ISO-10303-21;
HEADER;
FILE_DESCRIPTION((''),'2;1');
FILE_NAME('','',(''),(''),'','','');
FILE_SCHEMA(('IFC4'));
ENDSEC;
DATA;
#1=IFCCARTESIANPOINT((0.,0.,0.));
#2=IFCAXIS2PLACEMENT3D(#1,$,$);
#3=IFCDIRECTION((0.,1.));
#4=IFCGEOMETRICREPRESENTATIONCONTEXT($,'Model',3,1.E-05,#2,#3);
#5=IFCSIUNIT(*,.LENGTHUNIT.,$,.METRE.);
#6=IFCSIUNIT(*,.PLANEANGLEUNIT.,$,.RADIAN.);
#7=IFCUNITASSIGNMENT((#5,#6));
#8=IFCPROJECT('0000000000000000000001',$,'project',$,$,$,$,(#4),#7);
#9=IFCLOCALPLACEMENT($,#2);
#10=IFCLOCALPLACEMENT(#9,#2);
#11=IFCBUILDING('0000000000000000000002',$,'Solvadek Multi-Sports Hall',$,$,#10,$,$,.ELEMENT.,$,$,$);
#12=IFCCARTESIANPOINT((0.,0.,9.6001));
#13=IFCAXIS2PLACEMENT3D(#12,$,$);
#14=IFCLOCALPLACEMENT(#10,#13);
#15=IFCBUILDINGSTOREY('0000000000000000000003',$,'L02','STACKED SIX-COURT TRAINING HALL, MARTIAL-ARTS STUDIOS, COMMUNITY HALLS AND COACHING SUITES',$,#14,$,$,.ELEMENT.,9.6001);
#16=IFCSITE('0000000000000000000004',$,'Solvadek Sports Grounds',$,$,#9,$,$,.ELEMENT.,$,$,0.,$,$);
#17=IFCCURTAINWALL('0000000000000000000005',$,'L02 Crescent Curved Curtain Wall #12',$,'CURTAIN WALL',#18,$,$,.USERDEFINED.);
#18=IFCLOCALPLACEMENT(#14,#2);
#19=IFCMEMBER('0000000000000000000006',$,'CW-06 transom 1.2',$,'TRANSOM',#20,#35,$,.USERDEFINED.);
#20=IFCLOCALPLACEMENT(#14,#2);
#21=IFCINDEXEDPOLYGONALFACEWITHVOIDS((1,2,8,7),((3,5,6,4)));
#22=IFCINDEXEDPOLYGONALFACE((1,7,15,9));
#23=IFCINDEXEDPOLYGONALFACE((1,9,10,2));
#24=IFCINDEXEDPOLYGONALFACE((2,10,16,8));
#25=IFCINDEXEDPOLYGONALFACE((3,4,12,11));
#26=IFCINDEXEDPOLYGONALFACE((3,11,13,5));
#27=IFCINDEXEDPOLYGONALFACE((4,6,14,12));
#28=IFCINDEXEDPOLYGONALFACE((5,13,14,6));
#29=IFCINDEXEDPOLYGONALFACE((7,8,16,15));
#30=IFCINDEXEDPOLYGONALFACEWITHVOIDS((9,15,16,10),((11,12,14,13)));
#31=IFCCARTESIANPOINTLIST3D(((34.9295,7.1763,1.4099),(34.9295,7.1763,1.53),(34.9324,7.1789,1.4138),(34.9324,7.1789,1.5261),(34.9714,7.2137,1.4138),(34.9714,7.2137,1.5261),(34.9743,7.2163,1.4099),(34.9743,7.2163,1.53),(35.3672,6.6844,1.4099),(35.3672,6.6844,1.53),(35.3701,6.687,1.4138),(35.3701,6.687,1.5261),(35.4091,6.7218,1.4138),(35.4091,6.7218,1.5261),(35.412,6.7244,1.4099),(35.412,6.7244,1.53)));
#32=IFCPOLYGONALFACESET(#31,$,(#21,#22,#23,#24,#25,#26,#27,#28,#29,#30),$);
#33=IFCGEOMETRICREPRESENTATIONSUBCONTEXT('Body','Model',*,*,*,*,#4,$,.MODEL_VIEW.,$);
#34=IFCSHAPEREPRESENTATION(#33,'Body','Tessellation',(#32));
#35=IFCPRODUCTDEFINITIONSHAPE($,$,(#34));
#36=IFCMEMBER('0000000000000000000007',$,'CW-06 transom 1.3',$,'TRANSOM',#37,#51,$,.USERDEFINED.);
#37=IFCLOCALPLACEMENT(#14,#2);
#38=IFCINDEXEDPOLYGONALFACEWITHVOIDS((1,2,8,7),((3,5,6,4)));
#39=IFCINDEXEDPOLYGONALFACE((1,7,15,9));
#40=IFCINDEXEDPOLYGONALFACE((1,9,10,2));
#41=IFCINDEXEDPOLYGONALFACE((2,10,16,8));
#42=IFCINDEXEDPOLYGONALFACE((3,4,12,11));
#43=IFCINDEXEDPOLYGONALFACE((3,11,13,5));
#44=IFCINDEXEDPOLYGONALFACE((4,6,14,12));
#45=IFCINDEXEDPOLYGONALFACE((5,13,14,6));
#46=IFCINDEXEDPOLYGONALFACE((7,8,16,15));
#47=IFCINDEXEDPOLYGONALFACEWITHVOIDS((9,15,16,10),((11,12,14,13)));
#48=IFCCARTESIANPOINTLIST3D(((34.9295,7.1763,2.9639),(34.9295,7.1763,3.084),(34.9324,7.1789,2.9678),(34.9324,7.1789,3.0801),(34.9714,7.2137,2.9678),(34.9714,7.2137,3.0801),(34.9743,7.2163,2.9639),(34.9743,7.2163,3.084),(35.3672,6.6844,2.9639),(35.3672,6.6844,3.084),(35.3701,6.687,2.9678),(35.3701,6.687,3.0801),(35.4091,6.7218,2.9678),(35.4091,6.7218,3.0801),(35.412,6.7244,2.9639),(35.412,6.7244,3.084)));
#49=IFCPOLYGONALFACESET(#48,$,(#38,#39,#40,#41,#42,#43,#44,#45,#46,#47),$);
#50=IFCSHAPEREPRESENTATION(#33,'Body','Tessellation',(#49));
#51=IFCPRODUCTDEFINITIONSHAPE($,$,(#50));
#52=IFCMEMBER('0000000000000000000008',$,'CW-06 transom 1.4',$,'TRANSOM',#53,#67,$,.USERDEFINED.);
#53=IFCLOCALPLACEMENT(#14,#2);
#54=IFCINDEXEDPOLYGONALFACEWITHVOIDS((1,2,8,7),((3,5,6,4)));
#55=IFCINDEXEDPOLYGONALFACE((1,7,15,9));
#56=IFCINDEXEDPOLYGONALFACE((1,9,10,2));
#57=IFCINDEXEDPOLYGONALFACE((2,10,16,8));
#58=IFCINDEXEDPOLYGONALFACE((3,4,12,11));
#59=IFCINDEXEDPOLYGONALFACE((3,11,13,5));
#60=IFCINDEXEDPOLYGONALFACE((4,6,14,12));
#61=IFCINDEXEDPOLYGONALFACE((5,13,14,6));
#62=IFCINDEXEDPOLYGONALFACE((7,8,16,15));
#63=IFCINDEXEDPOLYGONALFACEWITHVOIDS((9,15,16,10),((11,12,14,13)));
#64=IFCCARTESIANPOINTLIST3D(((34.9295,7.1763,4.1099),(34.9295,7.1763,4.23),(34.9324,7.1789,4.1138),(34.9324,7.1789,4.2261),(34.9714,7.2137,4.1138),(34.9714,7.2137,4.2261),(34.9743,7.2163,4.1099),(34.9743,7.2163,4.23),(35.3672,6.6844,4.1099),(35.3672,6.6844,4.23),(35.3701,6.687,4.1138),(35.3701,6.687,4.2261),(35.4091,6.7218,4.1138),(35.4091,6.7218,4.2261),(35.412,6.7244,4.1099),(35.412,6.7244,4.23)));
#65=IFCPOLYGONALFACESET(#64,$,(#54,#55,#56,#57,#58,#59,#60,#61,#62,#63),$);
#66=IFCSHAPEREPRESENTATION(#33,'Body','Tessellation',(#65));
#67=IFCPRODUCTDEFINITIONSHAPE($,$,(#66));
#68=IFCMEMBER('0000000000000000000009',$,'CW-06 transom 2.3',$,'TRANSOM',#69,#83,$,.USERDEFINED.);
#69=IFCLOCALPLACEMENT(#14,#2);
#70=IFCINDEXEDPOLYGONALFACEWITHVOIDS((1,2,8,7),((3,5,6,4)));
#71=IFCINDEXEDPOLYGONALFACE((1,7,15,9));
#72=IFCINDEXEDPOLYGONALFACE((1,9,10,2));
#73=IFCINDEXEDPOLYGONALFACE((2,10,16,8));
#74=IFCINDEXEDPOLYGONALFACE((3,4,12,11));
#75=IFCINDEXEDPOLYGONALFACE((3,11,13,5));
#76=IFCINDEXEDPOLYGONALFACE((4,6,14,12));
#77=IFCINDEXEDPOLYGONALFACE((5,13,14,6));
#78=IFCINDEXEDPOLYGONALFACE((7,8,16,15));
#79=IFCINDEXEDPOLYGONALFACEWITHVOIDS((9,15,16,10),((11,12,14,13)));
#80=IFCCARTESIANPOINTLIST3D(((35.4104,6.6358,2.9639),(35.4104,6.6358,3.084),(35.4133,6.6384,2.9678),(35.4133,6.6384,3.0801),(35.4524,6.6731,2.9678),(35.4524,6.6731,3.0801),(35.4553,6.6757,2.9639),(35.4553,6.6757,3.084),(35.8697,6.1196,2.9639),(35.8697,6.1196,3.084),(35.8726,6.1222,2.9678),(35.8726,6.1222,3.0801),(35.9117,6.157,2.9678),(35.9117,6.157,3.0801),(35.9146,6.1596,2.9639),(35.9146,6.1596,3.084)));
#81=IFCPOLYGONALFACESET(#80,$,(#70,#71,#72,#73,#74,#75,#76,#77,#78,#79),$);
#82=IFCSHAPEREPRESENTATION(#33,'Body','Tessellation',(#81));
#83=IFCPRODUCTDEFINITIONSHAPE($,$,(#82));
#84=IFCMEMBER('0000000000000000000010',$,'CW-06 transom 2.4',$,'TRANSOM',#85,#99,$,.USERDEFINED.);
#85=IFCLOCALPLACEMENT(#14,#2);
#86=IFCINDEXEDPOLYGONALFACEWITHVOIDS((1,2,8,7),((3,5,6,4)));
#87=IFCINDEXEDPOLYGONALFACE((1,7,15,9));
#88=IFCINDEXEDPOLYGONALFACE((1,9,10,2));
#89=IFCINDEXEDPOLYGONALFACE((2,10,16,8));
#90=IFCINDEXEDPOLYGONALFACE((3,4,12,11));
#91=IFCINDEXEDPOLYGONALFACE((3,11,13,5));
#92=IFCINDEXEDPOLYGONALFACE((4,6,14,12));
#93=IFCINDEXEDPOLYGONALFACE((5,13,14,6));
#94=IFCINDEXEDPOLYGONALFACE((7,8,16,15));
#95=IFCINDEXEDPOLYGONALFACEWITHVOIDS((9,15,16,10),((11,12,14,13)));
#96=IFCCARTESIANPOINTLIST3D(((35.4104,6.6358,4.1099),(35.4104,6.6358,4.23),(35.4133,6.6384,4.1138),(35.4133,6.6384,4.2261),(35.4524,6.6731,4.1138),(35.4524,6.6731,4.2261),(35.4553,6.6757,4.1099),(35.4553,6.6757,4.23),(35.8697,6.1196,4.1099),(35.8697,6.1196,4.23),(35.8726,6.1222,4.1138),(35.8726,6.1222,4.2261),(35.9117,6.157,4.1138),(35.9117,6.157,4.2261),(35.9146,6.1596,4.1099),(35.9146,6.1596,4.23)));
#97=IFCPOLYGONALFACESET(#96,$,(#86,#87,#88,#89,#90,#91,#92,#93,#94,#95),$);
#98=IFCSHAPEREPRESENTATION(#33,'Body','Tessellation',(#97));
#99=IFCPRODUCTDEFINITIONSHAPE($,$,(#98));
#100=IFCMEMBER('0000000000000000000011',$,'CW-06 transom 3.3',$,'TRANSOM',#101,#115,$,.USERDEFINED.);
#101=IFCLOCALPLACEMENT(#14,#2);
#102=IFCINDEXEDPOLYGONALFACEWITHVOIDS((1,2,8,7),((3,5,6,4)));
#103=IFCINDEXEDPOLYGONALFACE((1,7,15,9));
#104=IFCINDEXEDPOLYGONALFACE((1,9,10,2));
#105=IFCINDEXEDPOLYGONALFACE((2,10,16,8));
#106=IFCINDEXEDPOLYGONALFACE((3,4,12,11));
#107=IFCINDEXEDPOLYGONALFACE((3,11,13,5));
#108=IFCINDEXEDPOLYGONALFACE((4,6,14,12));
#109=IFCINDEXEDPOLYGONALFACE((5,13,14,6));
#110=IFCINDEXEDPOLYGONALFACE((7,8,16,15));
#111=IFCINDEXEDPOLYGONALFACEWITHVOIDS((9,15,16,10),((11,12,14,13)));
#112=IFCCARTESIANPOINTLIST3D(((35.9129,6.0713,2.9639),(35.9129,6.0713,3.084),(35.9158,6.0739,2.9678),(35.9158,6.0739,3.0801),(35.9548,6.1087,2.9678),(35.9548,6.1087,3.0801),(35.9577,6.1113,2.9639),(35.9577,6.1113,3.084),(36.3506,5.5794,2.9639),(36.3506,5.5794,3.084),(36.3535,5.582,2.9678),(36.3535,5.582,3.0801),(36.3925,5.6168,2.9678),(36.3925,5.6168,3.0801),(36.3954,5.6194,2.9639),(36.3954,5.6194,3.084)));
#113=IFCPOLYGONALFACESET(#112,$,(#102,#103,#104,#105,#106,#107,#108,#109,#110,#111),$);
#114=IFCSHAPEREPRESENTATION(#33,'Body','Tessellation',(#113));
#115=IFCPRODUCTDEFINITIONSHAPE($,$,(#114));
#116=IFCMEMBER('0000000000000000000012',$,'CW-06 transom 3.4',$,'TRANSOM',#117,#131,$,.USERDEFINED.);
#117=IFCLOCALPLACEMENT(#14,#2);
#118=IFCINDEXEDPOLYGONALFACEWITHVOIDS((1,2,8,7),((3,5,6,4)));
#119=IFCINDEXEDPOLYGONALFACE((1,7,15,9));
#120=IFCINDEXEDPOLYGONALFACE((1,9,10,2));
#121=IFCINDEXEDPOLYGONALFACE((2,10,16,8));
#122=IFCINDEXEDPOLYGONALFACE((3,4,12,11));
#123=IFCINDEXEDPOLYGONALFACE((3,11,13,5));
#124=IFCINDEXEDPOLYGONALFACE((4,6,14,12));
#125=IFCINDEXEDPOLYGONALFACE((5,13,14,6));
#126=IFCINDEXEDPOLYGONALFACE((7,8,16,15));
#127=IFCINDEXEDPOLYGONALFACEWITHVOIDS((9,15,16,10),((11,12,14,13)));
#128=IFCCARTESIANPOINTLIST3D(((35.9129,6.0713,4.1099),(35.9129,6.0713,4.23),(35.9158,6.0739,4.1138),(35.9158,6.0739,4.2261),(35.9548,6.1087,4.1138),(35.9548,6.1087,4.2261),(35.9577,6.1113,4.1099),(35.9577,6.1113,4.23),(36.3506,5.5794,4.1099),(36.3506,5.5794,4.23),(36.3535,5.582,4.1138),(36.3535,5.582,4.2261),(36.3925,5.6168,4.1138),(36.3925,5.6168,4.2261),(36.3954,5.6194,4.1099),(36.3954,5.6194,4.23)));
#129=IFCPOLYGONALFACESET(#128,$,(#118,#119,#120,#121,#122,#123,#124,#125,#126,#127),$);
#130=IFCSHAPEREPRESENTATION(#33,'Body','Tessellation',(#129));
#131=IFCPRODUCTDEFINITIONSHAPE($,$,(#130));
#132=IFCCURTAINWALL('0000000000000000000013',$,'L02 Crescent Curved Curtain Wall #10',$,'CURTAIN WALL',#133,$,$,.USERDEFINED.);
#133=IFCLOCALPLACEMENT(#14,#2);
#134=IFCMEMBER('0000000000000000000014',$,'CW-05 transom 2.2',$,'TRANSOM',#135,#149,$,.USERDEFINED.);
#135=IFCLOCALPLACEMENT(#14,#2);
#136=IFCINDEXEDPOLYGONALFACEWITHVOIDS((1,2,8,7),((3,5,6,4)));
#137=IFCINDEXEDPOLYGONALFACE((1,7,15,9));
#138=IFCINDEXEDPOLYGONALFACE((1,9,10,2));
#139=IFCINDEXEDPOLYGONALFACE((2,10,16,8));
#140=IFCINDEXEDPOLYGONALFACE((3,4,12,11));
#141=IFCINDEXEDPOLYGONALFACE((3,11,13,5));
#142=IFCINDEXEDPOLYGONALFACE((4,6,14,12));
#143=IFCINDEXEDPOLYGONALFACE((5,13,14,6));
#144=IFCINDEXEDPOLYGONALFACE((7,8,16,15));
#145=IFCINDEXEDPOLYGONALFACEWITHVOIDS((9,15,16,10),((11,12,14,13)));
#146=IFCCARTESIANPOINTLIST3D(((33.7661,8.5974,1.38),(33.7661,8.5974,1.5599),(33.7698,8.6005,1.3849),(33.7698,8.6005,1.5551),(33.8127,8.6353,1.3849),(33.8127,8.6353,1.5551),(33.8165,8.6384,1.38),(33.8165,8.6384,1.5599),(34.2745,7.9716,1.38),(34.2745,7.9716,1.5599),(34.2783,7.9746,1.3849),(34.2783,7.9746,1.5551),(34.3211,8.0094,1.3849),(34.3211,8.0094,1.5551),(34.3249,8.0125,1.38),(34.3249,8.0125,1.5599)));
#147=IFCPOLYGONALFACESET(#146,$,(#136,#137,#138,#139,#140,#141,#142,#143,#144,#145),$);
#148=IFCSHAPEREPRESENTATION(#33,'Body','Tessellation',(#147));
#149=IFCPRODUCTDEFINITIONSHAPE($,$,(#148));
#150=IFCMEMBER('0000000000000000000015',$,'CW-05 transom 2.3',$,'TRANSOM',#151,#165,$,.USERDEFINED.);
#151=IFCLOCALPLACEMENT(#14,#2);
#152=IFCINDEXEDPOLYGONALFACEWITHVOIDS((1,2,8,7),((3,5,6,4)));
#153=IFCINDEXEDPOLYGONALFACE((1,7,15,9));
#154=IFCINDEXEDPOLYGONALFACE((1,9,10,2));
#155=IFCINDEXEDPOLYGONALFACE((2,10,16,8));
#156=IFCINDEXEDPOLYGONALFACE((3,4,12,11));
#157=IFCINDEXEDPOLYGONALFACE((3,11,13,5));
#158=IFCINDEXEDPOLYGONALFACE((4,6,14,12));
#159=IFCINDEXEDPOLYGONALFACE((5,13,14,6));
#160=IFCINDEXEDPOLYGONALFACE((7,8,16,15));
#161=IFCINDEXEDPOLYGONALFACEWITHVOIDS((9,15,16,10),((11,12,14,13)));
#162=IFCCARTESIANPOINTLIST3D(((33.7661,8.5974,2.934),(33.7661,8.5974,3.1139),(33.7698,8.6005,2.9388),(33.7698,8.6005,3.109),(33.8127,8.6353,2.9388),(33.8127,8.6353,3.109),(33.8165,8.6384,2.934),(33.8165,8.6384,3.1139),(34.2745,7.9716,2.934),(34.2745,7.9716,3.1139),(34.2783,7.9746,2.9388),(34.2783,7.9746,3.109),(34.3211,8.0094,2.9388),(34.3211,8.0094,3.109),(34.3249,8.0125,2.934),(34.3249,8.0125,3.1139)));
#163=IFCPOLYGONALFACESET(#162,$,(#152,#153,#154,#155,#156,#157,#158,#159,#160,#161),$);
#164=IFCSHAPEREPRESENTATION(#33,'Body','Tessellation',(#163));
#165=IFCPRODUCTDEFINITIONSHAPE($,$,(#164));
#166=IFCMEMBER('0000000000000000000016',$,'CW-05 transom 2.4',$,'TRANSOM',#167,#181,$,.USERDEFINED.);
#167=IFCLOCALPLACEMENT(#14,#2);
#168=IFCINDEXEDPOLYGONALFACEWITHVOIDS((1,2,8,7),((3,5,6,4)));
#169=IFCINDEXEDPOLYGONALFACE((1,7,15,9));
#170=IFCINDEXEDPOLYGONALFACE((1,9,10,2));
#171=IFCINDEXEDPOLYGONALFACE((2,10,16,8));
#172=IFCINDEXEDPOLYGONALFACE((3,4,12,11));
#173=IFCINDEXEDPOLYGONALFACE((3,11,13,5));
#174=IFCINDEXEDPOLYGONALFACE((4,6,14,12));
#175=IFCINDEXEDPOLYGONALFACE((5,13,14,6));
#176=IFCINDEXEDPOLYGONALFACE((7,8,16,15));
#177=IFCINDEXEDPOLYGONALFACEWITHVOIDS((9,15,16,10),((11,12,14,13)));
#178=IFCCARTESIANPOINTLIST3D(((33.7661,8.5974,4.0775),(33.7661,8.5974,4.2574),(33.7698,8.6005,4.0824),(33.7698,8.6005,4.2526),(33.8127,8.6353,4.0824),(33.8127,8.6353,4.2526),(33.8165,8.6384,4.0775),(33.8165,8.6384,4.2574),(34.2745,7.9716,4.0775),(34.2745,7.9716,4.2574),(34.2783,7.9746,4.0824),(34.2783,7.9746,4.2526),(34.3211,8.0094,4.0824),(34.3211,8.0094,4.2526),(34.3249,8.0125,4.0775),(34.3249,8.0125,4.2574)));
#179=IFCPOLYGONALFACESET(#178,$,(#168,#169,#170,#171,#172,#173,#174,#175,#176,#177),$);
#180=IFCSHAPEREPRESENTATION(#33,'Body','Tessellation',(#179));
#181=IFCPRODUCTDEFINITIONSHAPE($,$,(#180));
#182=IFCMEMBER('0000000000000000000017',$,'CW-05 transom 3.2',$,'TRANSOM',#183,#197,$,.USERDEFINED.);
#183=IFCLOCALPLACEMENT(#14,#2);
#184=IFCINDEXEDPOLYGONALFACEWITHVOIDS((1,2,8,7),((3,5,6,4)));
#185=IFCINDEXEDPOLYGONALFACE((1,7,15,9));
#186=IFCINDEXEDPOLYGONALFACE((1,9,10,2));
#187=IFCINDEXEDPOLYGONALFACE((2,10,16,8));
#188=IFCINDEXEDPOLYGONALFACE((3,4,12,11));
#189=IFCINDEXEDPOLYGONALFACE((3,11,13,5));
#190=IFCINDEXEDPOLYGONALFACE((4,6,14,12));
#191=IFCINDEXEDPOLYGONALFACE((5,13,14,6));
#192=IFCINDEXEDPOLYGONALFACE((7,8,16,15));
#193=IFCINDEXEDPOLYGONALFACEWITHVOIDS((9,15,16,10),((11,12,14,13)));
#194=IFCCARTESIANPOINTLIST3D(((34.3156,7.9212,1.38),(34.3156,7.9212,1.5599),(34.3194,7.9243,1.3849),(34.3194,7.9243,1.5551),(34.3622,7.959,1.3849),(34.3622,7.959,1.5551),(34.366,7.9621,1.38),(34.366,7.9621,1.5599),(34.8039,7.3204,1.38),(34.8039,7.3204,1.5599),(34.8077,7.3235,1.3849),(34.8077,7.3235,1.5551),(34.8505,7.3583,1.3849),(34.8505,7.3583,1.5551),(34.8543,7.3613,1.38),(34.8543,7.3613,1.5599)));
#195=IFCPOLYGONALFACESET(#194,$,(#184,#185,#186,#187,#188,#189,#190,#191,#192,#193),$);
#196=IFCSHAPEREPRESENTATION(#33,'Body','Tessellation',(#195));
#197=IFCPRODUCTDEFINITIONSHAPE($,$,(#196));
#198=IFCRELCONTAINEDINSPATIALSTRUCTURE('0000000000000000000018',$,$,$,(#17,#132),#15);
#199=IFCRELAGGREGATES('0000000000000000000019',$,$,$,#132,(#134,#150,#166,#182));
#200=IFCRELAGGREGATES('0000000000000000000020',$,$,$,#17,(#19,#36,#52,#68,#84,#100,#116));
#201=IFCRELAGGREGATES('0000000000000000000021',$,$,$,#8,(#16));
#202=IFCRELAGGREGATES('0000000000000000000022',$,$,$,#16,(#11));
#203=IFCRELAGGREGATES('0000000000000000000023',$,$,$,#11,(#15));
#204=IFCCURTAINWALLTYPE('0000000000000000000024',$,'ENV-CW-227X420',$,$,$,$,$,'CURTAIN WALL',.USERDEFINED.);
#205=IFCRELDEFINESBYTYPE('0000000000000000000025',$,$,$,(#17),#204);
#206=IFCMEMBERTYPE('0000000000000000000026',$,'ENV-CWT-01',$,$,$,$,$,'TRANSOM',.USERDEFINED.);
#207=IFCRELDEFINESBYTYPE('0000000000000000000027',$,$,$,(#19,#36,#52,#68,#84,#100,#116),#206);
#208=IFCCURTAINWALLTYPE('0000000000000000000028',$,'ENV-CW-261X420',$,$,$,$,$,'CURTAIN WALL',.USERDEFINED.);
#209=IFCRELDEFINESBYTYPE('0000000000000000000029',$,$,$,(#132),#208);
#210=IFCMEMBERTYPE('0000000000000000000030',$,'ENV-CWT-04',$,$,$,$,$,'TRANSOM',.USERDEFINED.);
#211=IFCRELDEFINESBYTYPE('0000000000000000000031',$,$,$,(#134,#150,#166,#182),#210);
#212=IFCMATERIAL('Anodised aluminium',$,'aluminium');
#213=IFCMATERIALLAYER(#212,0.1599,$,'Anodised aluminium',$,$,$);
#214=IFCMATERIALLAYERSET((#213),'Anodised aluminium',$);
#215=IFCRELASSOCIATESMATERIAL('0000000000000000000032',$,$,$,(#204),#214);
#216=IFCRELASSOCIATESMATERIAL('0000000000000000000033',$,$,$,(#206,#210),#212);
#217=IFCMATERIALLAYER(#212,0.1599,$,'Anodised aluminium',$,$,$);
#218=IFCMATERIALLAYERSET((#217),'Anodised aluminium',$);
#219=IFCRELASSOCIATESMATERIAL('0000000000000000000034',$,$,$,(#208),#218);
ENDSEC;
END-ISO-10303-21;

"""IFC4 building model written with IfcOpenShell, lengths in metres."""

from ifc_helpers import new_model, si_unit, direction, frame, origin, origin_2d, place, context, subcontext, project, spatial, hollow_rectangle, extrude, material, layer, layer_set, material_profile, profile_set, type_object, element, aggregate, save


model = new_model("IFC4")

# Units and contexts
model_context = context("Model", 3, precision=1e-05, world=origin(), true_north=direction((0.0, 1.0)))
body_context = subcontext(model_context, "Body", "Model", "MODEL_VIEW")
ifc_project = project(units=[si_unit("LENGTHUNIT", "METRE"), si_unit("PLANEANGLEUNIT", "RADIAN")], contexts=[model_context])

# Site, building, storey
site_placement = place(None, origin())
site = spatial("IfcSite", under=ifc_project, at=site_placement, Name="Solvadek Sports Grounds", CompositionType="ELEMENT", RefElevation=0.0)
building_placement = place(site_placement, origin())
building = spatial("IfcBuilding", under=site, at=building_placement, Name="Solvadek Multi-Sports Hall", CompositionType="ELEMENT")
storey_placement = place(building_placement, frame((0.0, 0.0, 9.6001)))
storey = spatial("IfcBuildingStorey", under=building, at=storey_placement, Name="L02", Description="STACKED SIX-COURT TRAINING HALL, MARTIAL-ARTS STUDIOS, COMMUNITY HALLS AND COACHING SUITES", CompositionType="ELEMENT", Elevation=9.6001)

# Curtain wall, members
ifc_material_1 = material(Name="Anodised aluminium", Category="aluminium")
ifc_layer_1 = layer(ifc_material_1, 0.1599, Name="Anodised aluminium")
ifc_layer_set_1 = layer_set([ifc_layer_1], Name="Anodised aluminium")
curtain_wall_type_1 = type_object("IfcCurtainWallType", Name="ENV-CW-227X420", ElementType="CURTAIN WALL", PredefinedType="USERDEFINED", material=ifc_layer_set_1)
curtain_wall_1_placement = place(storey_placement, origin())
curtain_wall_1 = element("IfcCurtainWall", 1, at=curtain_wall_1_placement, inside=storey, type_object=curtain_wall_type_1, Name="L02 Crescent Curved Curtain Wall #12", ObjectType="CURTAIN WALL", PredefinedType="USERDEFINED")
ifc_material_profile_1 = material_profile(ifc_material_1, hollow_rectangle(XDim=0.0601, YDim=0.1201, WallThickness=0.0039, at=origin_2d()), Name="ALU-T 120x60x4")
ifc_profile_set_1 = profile_set([ifc_material_profile_1], Name="Anodised aluminium")
member_type_1 = type_object("IfcMemberType", Name="ENV-CWT-01", ElementType="TRANSOM", PredefinedType="USERDEFINED", material=ifc_profile_set_1)
member_1_placement = place(storey_placement, frame((34.9519, 7.1963, 1.47), z_axis=(0.664755, -0.747061, 0.0), x_axis=(0.747061, 0.664755, 0.0)))
member_1 = element("IfcMember", 2, at=member_1_placement, type_object=member_type_1, Name="CW-06 transom 1.2", ObjectType="TRANSOM", PredefinedType="USERDEFINED", context=body_context, shape_type="SweptSolid", body=[
    extrude(hollow_rectangle(XDim=0.0601, YDim=0.1201, WallThickness=0.0039, at=origin_2d()), origin(), (0.0, 0.0, 1.0), 0.6584),
])
member_2_placement = place(storey_placement, frame((34.9519, 7.1963, 3.0239), z_axis=(0.664755, -0.747061, 0.0), x_axis=(0.747061, 0.664755, 0.0)))
member_2 = element("IfcMember", 3, at=member_2_placement, type_object=member_type_1, Name="CW-06 transom 1.3", ObjectType="TRANSOM", PredefinedType="USERDEFINED", context=body_context, shape_type="SweptSolid", body=[
    extrude(hollow_rectangle(XDim=0.0601, YDim=0.1201, WallThickness=0.0039, at=origin_2d()), origin(), (0.0, 0.0, 1.0), 0.6584),
])
member_3_placement = place(storey_placement, frame((34.9519, 7.1963, 4.1699), z_axis=(0.664755, -0.747061, 0.0), x_axis=(0.747061, 0.664755, 0.0)))
member_3 = element("IfcMember", 4, at=member_3_placement, type_object=member_type_1, Name="CW-06 transom 1.4", ObjectType="TRANSOM", PredefinedType="USERDEFINED", context=body_context, shape_type="SweptSolid", body=[
    extrude(hollow_rectangle(XDim=0.0601, YDim=0.1201, WallThickness=0.0039, at=origin_2d()), origin(), (0.0, 0.0, 1.0), 0.6584),
])
member_4_placement = place(storey_placement, frame((35.4329, 6.6558, 3.0239), z_axis=(0.664737, -0.747078, 0.0), x_axis=(0.747078, 0.664737, 0.0)))
member_4 = element("IfcMember", 5, at=member_4_placement, type_object=member_type_1, Name="CW-06 transom 2.3", ObjectType="TRANSOM", PredefinedType="USERDEFINED", context=body_context, shape_type="SweptSolid", body=[
    extrude(hollow_rectangle(XDim=0.0601, YDim=0.1201, WallThickness=0.0039, at=origin_2d()), origin(), (0.0, 0.0, 1.0), 0.6909),
])
member_5_placement = place(storey_placement, frame((35.4329, 6.6558, 4.1699), z_axis=(0.664737, -0.747078, 0.0), x_axis=(0.747078, 0.664737, 0.0)))
member_5 = element("IfcMember", 6, at=member_5_placement, type_object=member_type_1, Name="CW-06 transom 2.4", ObjectType="TRANSOM", PredefinedType="USERDEFINED", context=body_context, shape_type="SweptSolid", body=[
    extrude(hollow_rectangle(XDim=0.0601, YDim=0.1201, WallThickness=0.0039, at=origin_2d()), origin(), (0.0, 0.0, 1.0), 0.6909),
])
member_6_placement = place(storey_placement, frame((35.9353, 6.0913, 3.0239), z_axis=(0.664755, -0.747061, 0.0), x_axis=(0.747061, 0.664755, 0.0)))
member_6 = element("IfcMember", 7, at=member_6_placement, type_object=member_type_1, Name="CW-06 transom 3.3", ObjectType="TRANSOM", PredefinedType="USERDEFINED", context=body_context, shape_type="SweptSolid", body=[
    extrude(hollow_rectangle(XDim=0.0601, YDim=0.1201, WallThickness=0.0039, at=origin_2d()), origin(), (0.0, 0.0, 1.0), 0.6584),
])
member_7_placement = place(storey_placement, frame((35.9353, 6.0913, 4.1699), z_axis=(0.664755, -0.747061, 0.0), x_axis=(0.747061, 0.664755, 0.0)))
member_7 = element("IfcMember", 8, at=member_7_placement, type_object=member_type_1, Name="CW-06 transom 3.4", ObjectType="TRANSOM", PredefinedType="USERDEFINED", context=body_context, shape_type="SweptSolid", body=[
    extrude(hollow_rectangle(XDim=0.0601, YDim=0.1201, WallThickness=0.0039, at=origin_2d()), origin(), (0.0, 0.0, 1.0), 0.6584),
])

# Curtain wall, members
ifc_layer_2 = layer(ifc_material_1, 0.1599, Name="Anodised aluminium")
ifc_layer_set_2 = layer_set([ifc_layer_2], Name="Anodised aluminium")
curtain_wall_type_2 = type_object("IfcCurtainWallType", Name="ENV-CW-261X420", ElementType="CURTAIN WALL", PredefinedType="USERDEFINED", material=ifc_layer_set_2)
curtain_wall_2_placement = place(storey_placement, origin())
curtain_wall_2 = element("IfcCurtainWall", 9, at=curtain_wall_2_placement, inside=storey, type_object=curtain_wall_type_2, Name="L02 Crescent Curved Curtain Wall #10", ObjectType="CURTAIN WALL", PredefinedType="USERDEFINED")
ifc_material_profile_2 = material_profile(ifc_material_1, hollow_rectangle(XDim=0.0649, YDim=0.1799, WallThickness=0.0049, at=origin_2d()), Name="ALU-T 180x65x5")
ifc_profile_set_2 = profile_set([ifc_material_profile_2], Name="Anodised aluminium")
member_type_2 = type_object("IfcMemberType", Name="ENV-CWT-04", ElementType="TRANSOM", PredefinedType="USERDEFINED", material=ifc_profile_set_2)
member_8_placement = place(storey_placement, frame((33.7913, 8.6179, 1.47), z_axis=(0.630547, -0.776151, 0.0), x_axis=(0.776151, 0.630547, 0.0)))
member_8 = element("IfcMember", 10, at=member_8_placement, type_object=member_type_2, Name="CW-05 transom 2.2", ObjectType="TRANSOM", PredefinedType="USERDEFINED", context=body_context, shape_type="SweptSolid", body=[
    extrude(hollow_rectangle(XDim=0.0649, YDim=0.1799, WallThickness=0.0049, at=origin_2d()), origin(), (0.0, 0.0, 1.0), 0.8064),
])
member_9_placement = place(storey_placement, frame((33.7913, 8.6179, 3.0239), z_axis=(0.630547, -0.776151, 0.0), x_axis=(0.776151, 0.630547, 0.0)))
member_9 = element("IfcMember", 11, at=member_9_placement, type_object=member_type_2, Name="CW-05 transom 2.3", ObjectType="TRANSOM", PredefinedType="USERDEFINED", context=body_context, shape_type="SweptSolid", body=[
    extrude(hollow_rectangle(XDim=0.0649, YDim=0.1799, WallThickness=0.0049, at=origin_2d()), origin(), (0.0, 0.0, 1.0), 0.8064),
])
member_10_placement = place(storey_placement, frame((33.7913, 8.6179, 4.1675), z_axis=(0.630547, -0.776151, 0.0), x_axis=(0.776151, 0.630547, 0.0)))
member_10 = element("IfcMember", 12, at=member_10_placement, type_object=member_type_2, Name="CW-05 transom 2.4", ObjectType="TRANSOM", PredefinedType="USERDEFINED", context=body_context, shape_type="SweptSolid", body=[
    extrude(hollow_rectangle(XDim=0.0649, YDim=0.1799, WallThickness=0.0049, at=origin_2d()), origin(), (0.0, 0.0, 1.0), 0.8064),
])
member_11_placement = place(storey_placement, frame((34.3408, 7.9417, 1.47), z_axis=(0.630676, -0.776046, 0.0), x_axis=(0.776046, 0.630676, 0.0)))
member_11 = element("IfcMember", 13, at=member_11_placement, type_object=member_type_2, Name="CW-05 transom 3.2", ObjectType="TRANSOM", PredefinedType="USERDEFINED", context=body_context, shape_type="SweptSolid", body=[
    extrude(hollow_rectangle(XDim=0.0649, YDim=0.1799, WallThickness=0.0049, at=origin_2d()), origin(), (0.0, 0.0, 1.0), 0.7742),
])
aggregate(curtain_wall_2, [member_8, member_9, member_10, member_11])

aggregate(curtain_wall_1, [member_1, member_2, member_3, member_4, member_5, member_6, member_7])

save(model, "model.ifc")
